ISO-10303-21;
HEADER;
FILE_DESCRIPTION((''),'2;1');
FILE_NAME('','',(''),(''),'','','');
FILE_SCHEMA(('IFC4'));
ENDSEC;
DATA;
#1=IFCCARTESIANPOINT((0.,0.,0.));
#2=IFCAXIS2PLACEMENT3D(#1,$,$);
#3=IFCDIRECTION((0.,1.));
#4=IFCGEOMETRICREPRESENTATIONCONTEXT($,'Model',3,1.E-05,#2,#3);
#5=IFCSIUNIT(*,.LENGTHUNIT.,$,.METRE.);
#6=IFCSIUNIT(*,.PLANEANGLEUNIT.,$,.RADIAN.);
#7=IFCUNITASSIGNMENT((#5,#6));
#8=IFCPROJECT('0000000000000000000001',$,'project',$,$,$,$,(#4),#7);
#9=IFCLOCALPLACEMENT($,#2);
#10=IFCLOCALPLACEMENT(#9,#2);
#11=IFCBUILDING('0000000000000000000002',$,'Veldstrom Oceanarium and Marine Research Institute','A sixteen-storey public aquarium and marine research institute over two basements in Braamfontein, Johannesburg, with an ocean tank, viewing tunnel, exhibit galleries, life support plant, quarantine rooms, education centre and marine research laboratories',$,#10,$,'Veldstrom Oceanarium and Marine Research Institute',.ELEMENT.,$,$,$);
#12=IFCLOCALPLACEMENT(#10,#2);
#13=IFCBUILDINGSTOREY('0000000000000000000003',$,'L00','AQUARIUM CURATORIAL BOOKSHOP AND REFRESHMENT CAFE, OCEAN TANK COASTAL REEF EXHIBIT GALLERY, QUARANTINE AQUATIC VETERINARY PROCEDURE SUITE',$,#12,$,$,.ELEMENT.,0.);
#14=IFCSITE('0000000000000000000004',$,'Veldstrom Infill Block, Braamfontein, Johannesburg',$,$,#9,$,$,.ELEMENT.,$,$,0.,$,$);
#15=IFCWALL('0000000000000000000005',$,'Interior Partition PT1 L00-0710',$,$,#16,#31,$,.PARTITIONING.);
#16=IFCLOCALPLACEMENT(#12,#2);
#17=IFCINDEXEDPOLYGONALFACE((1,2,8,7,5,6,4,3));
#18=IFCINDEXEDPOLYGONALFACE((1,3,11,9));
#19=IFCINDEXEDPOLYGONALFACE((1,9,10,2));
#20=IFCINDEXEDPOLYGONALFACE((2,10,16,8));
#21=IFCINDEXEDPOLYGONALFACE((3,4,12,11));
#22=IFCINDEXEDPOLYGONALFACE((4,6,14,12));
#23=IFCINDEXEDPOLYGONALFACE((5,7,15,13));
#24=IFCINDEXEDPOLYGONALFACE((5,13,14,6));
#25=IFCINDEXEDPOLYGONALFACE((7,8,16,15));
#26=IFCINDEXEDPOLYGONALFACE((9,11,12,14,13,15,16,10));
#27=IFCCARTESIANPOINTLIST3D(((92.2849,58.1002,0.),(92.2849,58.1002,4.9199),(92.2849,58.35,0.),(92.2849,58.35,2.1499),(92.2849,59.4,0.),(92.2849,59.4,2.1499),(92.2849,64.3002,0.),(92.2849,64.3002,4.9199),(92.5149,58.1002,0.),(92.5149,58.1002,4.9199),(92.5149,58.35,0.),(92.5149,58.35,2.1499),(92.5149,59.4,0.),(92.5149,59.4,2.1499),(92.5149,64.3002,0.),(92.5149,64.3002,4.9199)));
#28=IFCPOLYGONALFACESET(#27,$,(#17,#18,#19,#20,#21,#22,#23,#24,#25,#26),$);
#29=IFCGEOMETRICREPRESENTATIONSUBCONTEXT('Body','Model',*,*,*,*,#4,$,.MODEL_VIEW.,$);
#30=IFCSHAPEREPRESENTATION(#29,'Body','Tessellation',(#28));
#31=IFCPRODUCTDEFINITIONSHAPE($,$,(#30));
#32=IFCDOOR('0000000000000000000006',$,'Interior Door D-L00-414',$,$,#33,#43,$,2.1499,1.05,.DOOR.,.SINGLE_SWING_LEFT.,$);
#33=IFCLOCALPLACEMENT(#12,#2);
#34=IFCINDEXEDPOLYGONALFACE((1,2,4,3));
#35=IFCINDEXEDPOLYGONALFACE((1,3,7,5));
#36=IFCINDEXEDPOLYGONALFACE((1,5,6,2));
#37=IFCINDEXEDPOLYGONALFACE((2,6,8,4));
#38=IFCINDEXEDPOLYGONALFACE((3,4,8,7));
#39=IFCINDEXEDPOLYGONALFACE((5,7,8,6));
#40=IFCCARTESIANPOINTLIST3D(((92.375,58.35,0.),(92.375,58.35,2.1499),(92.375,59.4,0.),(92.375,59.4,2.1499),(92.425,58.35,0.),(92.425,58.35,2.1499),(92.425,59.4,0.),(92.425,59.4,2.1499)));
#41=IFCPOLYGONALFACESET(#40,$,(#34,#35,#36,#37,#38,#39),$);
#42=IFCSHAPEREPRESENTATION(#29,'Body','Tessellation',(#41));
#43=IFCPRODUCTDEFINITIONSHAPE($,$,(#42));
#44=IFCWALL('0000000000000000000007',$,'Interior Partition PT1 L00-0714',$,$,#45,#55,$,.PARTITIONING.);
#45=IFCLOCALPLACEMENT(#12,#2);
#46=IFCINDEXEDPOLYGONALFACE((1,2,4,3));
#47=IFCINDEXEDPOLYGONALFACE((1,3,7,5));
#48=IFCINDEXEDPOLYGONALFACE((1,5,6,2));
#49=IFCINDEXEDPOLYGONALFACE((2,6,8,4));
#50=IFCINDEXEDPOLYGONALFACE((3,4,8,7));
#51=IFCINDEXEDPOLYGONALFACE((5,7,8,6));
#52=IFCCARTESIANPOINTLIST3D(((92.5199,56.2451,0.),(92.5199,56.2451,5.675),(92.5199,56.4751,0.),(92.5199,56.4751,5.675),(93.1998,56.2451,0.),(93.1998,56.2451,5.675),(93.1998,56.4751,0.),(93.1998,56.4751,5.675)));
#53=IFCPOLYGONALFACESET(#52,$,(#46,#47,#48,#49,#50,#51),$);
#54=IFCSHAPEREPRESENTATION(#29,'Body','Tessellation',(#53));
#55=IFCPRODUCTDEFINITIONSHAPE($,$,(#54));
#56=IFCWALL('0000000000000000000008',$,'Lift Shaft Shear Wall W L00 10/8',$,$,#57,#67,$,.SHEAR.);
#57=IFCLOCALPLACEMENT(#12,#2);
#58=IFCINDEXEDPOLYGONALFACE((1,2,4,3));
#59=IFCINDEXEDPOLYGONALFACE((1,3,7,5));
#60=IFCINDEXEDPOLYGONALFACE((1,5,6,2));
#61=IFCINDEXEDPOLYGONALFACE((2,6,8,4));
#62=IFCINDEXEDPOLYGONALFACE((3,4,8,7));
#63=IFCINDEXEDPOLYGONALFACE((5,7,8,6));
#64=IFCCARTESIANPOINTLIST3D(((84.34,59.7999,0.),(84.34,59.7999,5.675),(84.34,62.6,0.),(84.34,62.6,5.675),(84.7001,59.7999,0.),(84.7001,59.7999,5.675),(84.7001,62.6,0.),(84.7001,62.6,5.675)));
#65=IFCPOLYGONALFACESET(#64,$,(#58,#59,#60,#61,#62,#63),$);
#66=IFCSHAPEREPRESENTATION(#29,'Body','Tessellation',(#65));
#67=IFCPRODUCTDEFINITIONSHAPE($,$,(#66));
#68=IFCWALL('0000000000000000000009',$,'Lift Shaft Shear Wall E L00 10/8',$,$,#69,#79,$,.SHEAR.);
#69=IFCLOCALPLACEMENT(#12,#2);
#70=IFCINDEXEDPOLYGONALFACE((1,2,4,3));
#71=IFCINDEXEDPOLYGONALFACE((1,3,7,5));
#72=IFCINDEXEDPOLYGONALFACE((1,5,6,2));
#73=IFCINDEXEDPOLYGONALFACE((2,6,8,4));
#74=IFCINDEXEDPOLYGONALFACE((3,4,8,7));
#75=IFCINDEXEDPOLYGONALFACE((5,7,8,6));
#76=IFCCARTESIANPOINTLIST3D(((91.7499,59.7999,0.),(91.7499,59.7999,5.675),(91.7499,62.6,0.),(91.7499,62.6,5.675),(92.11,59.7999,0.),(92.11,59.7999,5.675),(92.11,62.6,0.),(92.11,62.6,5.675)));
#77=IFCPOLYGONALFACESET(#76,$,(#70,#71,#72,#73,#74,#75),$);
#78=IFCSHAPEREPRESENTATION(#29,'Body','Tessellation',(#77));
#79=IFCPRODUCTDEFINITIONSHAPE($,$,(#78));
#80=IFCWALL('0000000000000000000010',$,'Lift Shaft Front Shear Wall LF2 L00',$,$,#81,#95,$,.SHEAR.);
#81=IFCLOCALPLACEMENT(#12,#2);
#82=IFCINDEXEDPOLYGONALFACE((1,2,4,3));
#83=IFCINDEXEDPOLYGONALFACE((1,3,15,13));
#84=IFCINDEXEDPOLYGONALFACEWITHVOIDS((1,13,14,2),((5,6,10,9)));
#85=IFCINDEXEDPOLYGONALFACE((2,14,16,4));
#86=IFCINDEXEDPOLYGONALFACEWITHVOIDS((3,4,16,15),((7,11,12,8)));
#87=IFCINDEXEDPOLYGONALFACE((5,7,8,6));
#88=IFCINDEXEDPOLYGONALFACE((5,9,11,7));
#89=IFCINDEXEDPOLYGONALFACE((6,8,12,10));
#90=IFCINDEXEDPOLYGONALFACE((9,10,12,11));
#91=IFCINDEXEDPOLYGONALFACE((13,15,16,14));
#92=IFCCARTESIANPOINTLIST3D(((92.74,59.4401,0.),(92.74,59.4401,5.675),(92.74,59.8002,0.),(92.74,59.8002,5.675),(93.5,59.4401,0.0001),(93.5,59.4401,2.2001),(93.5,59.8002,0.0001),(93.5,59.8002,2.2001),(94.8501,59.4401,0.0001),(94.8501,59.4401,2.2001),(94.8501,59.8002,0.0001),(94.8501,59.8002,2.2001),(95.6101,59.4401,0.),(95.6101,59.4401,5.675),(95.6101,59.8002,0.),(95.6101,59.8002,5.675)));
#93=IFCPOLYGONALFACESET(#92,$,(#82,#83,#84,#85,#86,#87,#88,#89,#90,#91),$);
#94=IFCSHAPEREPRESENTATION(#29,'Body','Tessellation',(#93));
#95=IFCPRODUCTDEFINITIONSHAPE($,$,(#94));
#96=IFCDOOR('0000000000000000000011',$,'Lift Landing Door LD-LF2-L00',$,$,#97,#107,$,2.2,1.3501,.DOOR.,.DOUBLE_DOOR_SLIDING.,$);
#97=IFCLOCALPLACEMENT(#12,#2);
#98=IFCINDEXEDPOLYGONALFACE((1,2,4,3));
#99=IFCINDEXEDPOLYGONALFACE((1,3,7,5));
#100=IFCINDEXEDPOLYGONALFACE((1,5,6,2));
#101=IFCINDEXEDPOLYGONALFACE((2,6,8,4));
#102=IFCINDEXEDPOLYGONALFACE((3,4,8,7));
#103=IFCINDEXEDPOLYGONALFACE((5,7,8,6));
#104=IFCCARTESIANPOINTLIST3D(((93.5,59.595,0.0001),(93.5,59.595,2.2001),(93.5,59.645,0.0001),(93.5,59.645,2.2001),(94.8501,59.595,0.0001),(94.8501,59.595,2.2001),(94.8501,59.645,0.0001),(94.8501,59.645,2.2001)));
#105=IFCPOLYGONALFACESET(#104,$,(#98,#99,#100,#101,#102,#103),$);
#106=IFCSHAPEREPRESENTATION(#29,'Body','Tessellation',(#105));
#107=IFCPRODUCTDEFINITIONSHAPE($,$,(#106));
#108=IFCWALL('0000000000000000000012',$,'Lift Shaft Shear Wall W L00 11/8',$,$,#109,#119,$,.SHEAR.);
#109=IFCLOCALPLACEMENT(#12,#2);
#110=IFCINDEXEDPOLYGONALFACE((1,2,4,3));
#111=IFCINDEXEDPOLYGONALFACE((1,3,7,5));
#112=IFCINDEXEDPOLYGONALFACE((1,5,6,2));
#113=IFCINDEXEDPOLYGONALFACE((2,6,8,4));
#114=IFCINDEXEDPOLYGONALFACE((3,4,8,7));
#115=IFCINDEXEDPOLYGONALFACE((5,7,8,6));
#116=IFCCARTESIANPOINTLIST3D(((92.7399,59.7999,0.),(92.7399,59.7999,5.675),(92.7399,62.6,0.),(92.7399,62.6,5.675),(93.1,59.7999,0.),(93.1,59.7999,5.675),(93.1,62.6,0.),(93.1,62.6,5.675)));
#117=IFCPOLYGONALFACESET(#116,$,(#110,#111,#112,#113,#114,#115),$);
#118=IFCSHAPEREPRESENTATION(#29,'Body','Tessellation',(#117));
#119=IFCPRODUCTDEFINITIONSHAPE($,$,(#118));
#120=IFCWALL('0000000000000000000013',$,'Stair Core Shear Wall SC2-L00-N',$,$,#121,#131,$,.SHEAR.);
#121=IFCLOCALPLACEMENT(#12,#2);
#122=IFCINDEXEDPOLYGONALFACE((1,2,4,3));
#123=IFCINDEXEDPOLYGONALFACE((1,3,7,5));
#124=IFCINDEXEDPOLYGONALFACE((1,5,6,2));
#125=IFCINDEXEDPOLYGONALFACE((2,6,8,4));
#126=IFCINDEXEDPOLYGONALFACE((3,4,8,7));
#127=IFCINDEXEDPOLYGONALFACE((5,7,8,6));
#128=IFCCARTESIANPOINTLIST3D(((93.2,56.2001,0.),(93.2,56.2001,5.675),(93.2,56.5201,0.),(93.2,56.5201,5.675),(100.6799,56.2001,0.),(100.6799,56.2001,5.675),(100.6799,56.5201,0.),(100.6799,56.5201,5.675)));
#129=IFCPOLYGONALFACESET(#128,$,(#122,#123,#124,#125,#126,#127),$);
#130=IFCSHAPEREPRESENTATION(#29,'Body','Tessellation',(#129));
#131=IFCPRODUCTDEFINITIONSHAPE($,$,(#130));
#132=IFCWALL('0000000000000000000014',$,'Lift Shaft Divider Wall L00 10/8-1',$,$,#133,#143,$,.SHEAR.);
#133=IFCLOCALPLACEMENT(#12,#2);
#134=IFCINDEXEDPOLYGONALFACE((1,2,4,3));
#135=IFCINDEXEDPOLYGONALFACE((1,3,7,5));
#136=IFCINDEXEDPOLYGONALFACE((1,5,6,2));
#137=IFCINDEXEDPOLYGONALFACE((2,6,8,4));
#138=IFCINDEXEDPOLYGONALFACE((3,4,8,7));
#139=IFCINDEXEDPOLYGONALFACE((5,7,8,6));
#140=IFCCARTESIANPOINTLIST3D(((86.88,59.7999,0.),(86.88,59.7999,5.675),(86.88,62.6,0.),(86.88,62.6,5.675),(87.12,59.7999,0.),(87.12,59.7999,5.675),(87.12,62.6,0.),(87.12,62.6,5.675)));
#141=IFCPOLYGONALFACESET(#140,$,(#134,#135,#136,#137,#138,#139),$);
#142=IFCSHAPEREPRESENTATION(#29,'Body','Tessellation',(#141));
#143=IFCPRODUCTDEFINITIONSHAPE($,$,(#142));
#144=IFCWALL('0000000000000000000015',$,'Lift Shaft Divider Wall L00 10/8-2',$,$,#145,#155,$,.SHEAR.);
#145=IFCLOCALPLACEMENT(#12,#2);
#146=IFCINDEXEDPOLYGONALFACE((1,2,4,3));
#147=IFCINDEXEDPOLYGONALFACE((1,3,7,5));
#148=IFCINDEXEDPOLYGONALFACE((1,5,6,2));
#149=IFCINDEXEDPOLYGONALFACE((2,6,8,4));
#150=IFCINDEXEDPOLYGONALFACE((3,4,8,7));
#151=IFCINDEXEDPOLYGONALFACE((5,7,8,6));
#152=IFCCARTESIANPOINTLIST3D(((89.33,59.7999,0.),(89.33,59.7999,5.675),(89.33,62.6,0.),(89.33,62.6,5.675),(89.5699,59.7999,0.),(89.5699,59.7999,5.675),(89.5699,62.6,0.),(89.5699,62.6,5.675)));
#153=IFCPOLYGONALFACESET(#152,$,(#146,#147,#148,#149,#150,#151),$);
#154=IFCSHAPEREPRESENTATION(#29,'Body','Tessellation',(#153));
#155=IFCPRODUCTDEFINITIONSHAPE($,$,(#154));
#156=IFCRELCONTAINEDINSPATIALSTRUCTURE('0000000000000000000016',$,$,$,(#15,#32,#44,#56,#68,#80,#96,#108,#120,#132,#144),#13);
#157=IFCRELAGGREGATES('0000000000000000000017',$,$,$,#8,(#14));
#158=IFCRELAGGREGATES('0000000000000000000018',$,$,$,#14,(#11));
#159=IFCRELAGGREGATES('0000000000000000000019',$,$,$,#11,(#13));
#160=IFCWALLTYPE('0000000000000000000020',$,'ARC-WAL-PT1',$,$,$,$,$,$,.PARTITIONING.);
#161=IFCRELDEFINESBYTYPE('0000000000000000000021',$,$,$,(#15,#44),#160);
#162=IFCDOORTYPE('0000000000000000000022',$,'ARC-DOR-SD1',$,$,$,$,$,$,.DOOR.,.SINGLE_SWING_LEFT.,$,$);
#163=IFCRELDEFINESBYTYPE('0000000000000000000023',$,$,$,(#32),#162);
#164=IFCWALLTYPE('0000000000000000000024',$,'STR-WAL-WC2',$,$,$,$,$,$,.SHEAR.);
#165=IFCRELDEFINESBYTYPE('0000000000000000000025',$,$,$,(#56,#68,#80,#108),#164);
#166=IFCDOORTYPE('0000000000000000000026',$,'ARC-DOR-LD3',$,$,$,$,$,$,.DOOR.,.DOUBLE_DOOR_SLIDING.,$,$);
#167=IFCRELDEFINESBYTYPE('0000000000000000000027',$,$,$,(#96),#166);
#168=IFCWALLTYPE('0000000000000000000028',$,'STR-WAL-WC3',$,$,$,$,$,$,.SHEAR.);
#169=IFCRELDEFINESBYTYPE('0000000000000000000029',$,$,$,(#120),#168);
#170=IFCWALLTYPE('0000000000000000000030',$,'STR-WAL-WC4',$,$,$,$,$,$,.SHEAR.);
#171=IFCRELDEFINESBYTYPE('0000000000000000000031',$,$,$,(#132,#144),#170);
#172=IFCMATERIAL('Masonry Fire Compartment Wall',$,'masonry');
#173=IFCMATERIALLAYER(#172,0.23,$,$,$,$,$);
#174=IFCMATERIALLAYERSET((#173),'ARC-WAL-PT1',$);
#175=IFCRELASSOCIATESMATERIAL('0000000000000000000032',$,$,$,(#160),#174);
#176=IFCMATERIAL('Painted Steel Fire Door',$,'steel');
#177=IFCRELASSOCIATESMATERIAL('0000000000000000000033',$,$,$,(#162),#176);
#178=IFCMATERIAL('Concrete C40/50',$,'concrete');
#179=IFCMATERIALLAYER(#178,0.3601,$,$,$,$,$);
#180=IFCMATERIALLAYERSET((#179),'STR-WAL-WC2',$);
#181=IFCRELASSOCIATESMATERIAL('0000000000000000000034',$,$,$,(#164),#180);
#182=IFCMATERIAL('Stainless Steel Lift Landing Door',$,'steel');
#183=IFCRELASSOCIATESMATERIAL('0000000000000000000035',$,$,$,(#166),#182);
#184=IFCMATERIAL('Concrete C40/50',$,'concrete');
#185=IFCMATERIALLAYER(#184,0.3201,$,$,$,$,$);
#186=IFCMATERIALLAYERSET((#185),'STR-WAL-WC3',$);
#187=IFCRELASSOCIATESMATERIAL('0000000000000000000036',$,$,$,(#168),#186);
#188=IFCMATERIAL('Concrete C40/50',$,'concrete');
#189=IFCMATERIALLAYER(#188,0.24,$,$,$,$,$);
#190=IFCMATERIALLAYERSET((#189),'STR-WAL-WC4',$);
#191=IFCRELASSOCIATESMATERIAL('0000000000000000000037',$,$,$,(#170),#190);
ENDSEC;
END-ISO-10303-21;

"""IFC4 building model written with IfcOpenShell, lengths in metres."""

from ifc_helpers import new_model, si_unit, direction, frame, frame_2d, origin, place, context, subcontext, project, spatial, rectangle, extrude, material, layer, layer_set, type_object, element, fill, save


model = new_model("IFC4")

# Units and contexts
model_context = context("Model", 3, precision=1e-05, world=origin(), true_north=direction((0.0, 1.0)))
body_context = subcontext(model_context, "Body", "Model", "MODEL_VIEW")
ifc_project = project(units=[si_unit("LENGTHUNIT", "METRE"), si_unit("PLANEANGLEUNIT", "RADIAN")], contexts=[model_context])

# Site, building, storey
site_placement = place(None, origin())
site = spatial("IfcSite", under=ifc_project, at=site_placement, Name="Veldstrom Infill Block, Braamfontein, Johannesburg", CompositionType="ELEMENT", RefElevation=0.0)
building_placement = place(site_placement, origin())
building = spatial("IfcBuilding", under=site, at=building_placement, Name="Veldstrom Oceanarium and Marine Research Institute", Description="A sixteen-storey public aquarium and marine research institute over two basements in Braamfontein, Johannesburg, with an ocean tank, viewing tunnel, exhibit galleries, life support plant, quarantine rooms, education centre and marine research laboratories", LongName="Veldstrom Oceanarium and Marine Research Institute", CompositionType="ELEMENT")
storey_placement = place(building_placement, origin())
storey = spatial("IfcBuildingStorey", under=building, at=storey_placement, Name="L00", Description="AQUARIUM CURATORIAL BOOKSHOP AND REFRESHMENT CAFE, OCEAN TANK COASTAL REEF EXHIBIT GALLERY, QUARANTINE AQUATIC VETERINARY PROCEDURE SUITE", CompositionType="ELEMENT", Elevation=0.0)

# Wall, opening, door
ifc_material_1 = material(Name="Masonry Fire Compartment Wall", Category="masonry")
ifc_layer_1 = layer(ifc_material_1, 0.23)
ifc_layer_set_1 = layer_set([ifc_layer_1], Name="ARC-WAL-PT1")
wall_type_1 = type_object("IfcWallType", Name="ARC-WAL-PT1", PredefinedType="PARTITIONING", material=ifc_layer_set_1)
ifc_material_2 = material(Name="Painted Steel Fire Door", Category="steel")
door_type_1 = type_object("IfcDoorType", Name="ARC-DOR-SD1", OperationType="SINGLE_SWING_LEFT", PredefinedType="DOOR", material=ifc_material_2)
wall_1_placement = place(storey_placement, frame((92.3999, 58.1001, 0.0), z_axis=(0.0, 0.0, 1.0), x_axis=(0.0, 1.0, 0.0)))
wall_1 = element("IfcWall", 1, at=wall_1_placement, inside=storey, type_object=wall_type_1, Name="Interior Partition PT1 L00-0710", PredefinedType="PARTITIONING", context=body_context, shape_type="SweptSolid", body=[
    extrude(rectangle(XDim=6.2, YDim=0.23, at=frame_2d((3.1001, 0.0))), origin(), (0.0, 0.0, 1.0), 4.9199),
])
opening_1_placement = place(wall_1_placement, frame((0.25, 0.0, 0.0)))
opening_1 = element("IfcOpeningElement", 2, at=opening_1_placement, cuts=wall_1, PredefinedType="OPENING", context=body_context, shape_type="SweptSolid", body=[
    extrude(rectangle(XDim=1.05, YDim=2.1499, at=frame_2d((0.5249, 1.075))), frame((0.0, 0.125, 0.0), z_axis=(0.0, -1.0, 0.0), x_axis=(1.0, 0.0, 0.0)), (0.0, 0.0, 1.0), 0.25),
])
door_1_placement = place(opening_1_placement, origin())
door_1 = element("IfcDoor", 3, at=door_1_placement, inside=storey, type_object=door_type_1, Name="Interior Door D-L00-414", OperationType="SINGLE_SWING_LEFT", OverallHeight=2.1499, OverallWidth=1.05, PredefinedType="DOOR", context=body_context, shape_type="SweptSolid", body=[
    extrude(rectangle(XDim=1.05, YDim=2.1499, at=frame_2d((0.5249, 1.075))), frame((0.0, 0.0249, 0.0), z_axis=(0.0, -1.0, 0.0), x_axis=(1.0, 0.0, 0.0)), (0.0, 0.0, 1.0), 0.05),
])
fill(opening_1, door_1)

# Wall
wall_2_placement = place(storey_placement, frame((92.52, 56.3601, 0.0), z_axis=(0.0, 0.0, 1.0), x_axis=(1.0, 0.0, 0.0)))
element("IfcWall", 4, at=wall_2_placement, inside=storey, type_object=wall_type_1, Name="Interior Partition PT1 L00-0714", PredefinedType="PARTITIONING", context=body_context, shape_type="SweptSolid", body=[
    extrude(rectangle(XDim=0.6799, YDim=0.23, at=frame_2d((0.3398, 0.0))), origin(), (0.0, 0.0, 1.0), 5.675),
])

# Shared definitions
ifc_material_3 = material(Name="Concrete C40/50", Category="concrete")
ifc_layer_2 = layer(ifc_material_3, 0.3601)
ifc_layer_set_2 = layer_set([ifc_layer_2], Name="STR-WAL-WC2")
wall_type_2 = type_object("IfcWallType", Name="STR-WAL-WC2", PredefinedType="SHEAR", material=ifc_layer_set_2)

# Walls
for number, where, z_axis, x_axis, name in (
    (5, (84.52, 59.8, 0.0), (0.0, 0.0, 1.0), (0.0, 1.0, 0.0), "Lift Shaft Shear Wall W L00 10/8"),
    (6, (91.9299, 59.8, 0.0), (0.0, 0.0, 1.0), (0.0, 1.0, 0.0), "Lift Shaft Shear Wall E L00 10/8"),
):
    element("IfcWall", number, at=place(storey_placement, frame(where, z_axis=z_axis, x_axis=x_axis)), inside=storey, type_object=wall_type_2, Name=name, PredefinedType="SHEAR", context=body_context, shape_type="SweptSolid", body=[
        extrude(rectangle(XDim=2.8, YDim=0.3601, at=frame_2d((1.3999, 0.0))), origin(), (0.0, 0.0, 1.0), 5.675),
    ])

# Wall, opening, door
wall_3_placement = place(storey_placement, frame((92.74, 59.6201, 0.0), z_axis=(0.0, 0.0, 1.0), x_axis=(1.0, 0.0, 0.0)))
wall_3 = element("IfcWall", 7, at=wall_3_placement, inside=storey, type_object=wall_type_2, Name="Lift Shaft Front Shear Wall LF2 L00", PredefinedType="SHEAR", context=body_context, shape_type="SweptSolid", body=[
    extrude(rectangle(XDim=2.8701, YDim=0.3601, at=frame_2d((1.4351, 0.0))), origin(), (0.0, 0.0, 1.0), 5.675),
])
opening_2_placement = place(wall_3_placement, frame((0.76, 0.0, 0.0)))
opening_2 = element("IfcOpeningElement", 8, at=opening_2_placement, cuts=wall_3, PredefinedType="OPENING", context=body_context, shape_type="SweptSolid", body=[
    extrude(rectangle(XDim=1.3501, YDim=2.2, at=frame_2d((0.675, 1.1001))), frame((0.0, 0.1899, 0.0), z_axis=(0.0, -1.0, 0.0), x_axis=(1.0, 0.0, 0.0)), (0.0, 0.0, 1.0), 0.3801),
])
ifc_material_4 = material(Name="Stainless Steel Lift Landing Door", Category="steel")
door_type_2 = type_object("IfcDoorType", Name="ARC-DOR-LD3", OperationType="DOUBLE_DOOR_SLIDING", PredefinedType="DOOR", material=ifc_material_4)
door_2_placement = place(opening_2_placement, origin())
door_2 = element("IfcDoor", 9, at=door_2_placement, inside=storey, type_object=door_type_2, Name="Lift Landing Door LD-LF2-L00", OperationType="DOUBLE_DOOR_SLIDING", OverallHeight=2.2, OverallWidth=1.3501, PredefinedType="DOOR", context=body_context, shape_type="SweptSolid", body=[
    extrude(rectangle(XDim=1.3501, YDim=2.2, at=frame_2d((0.675, 1.1001))), frame((0.0, 0.0249, 0.0), z_axis=(0.0, -1.0, 0.0), x_axis=(1.0, 0.0, 0.0)), (0.0, 0.0, 1.0), 0.05),
])
fill(opening_2, door_2)

# Walls
wall_4_placement = place(storey_placement, frame((92.9199, 59.8, 0.0), z_axis=(0.0, 0.0, 1.0), x_axis=(0.0, 1.0, 0.0)))
element("IfcWall", 10, at=wall_4_placement, inside=storey, type_object=wall_type_2, Name="Lift Shaft Shear Wall W L00 11/8", PredefinedType="SHEAR", context=body_context, shape_type="SweptSolid", body=[
    extrude(rectangle(XDim=2.8, YDim=0.3601, at=frame_2d((1.3999, 0.0))), origin(), (0.0, 0.0, 1.0), 5.675),
])
ifc_material_5 = material(Name="Concrete C40/50", Category="concrete")
ifc_layer_3 = layer(ifc_material_5, 0.3201)
ifc_layer_set_3 = layer_set([ifc_layer_3], Name="STR-WAL-WC3")
wall_type_3 = type_object("IfcWallType", Name="STR-WAL-WC3", PredefinedType="SHEAR", material=ifc_layer_set_3)
wall_5_placement = place(storey_placement, frame((93.2, 56.3601, 0.0), z_axis=(0.0, 0.0, 1.0), x_axis=(1.0, 0.0, 0.0)))
element("IfcWall", 11, at=wall_5_placement, inside=storey, type_object=wall_type_3, Name="Stair Core Shear Wall SC2-L00-N", PredefinedType="SHEAR", context=body_context, shape_type="SweptSolid", body=[
    extrude(rectangle(XDim=7.48, YDim=0.3201, at=frame_2d((3.74, 0.0))), origin(), (0.0, 0.0, 1.0), 5.675),
])
ifc_material_6 = material(Name="Concrete C40/50", Category="concrete")
ifc_layer_4 = layer(ifc_material_6, 0.24)
ifc_layer_set_4 = layer_set([ifc_layer_4], Name="STR-WAL-WC4")
wall_type_4 = type_object("IfcWallType", Name="STR-WAL-WC4", PredefinedType="SHEAR", material=ifc_layer_set_4)
for number, where, z_axis, x_axis, name in (
    (12, (87.0, 59.8, 0.0), (0.0, 0.0, 1.0), (0.0, 1.0, 0.0), "Lift Shaft Divider Wall L00 10/8-1"),
    (13, (89.45, 59.8, 0.0), (0.0, 0.0, 1.0), (0.0, 1.0, 0.0), "Lift Shaft Divider Wall L00 10/8-2"),
):
    element("IfcWall", number, at=place(storey_placement, frame(where, z_axis=z_axis, x_axis=x_axis)), inside=storey, type_object=wall_type_4, Name=name, PredefinedType="SHEAR", context=body_context, shape_type="SweptSolid", body=[
        extrude(rectangle(XDim=2.8, YDim=0.24, at=frame_2d((1.3999, 0.0))), origin(), (0.0, 0.0, 1.0), 5.675),
    ])

save(model, "model.ifc")
